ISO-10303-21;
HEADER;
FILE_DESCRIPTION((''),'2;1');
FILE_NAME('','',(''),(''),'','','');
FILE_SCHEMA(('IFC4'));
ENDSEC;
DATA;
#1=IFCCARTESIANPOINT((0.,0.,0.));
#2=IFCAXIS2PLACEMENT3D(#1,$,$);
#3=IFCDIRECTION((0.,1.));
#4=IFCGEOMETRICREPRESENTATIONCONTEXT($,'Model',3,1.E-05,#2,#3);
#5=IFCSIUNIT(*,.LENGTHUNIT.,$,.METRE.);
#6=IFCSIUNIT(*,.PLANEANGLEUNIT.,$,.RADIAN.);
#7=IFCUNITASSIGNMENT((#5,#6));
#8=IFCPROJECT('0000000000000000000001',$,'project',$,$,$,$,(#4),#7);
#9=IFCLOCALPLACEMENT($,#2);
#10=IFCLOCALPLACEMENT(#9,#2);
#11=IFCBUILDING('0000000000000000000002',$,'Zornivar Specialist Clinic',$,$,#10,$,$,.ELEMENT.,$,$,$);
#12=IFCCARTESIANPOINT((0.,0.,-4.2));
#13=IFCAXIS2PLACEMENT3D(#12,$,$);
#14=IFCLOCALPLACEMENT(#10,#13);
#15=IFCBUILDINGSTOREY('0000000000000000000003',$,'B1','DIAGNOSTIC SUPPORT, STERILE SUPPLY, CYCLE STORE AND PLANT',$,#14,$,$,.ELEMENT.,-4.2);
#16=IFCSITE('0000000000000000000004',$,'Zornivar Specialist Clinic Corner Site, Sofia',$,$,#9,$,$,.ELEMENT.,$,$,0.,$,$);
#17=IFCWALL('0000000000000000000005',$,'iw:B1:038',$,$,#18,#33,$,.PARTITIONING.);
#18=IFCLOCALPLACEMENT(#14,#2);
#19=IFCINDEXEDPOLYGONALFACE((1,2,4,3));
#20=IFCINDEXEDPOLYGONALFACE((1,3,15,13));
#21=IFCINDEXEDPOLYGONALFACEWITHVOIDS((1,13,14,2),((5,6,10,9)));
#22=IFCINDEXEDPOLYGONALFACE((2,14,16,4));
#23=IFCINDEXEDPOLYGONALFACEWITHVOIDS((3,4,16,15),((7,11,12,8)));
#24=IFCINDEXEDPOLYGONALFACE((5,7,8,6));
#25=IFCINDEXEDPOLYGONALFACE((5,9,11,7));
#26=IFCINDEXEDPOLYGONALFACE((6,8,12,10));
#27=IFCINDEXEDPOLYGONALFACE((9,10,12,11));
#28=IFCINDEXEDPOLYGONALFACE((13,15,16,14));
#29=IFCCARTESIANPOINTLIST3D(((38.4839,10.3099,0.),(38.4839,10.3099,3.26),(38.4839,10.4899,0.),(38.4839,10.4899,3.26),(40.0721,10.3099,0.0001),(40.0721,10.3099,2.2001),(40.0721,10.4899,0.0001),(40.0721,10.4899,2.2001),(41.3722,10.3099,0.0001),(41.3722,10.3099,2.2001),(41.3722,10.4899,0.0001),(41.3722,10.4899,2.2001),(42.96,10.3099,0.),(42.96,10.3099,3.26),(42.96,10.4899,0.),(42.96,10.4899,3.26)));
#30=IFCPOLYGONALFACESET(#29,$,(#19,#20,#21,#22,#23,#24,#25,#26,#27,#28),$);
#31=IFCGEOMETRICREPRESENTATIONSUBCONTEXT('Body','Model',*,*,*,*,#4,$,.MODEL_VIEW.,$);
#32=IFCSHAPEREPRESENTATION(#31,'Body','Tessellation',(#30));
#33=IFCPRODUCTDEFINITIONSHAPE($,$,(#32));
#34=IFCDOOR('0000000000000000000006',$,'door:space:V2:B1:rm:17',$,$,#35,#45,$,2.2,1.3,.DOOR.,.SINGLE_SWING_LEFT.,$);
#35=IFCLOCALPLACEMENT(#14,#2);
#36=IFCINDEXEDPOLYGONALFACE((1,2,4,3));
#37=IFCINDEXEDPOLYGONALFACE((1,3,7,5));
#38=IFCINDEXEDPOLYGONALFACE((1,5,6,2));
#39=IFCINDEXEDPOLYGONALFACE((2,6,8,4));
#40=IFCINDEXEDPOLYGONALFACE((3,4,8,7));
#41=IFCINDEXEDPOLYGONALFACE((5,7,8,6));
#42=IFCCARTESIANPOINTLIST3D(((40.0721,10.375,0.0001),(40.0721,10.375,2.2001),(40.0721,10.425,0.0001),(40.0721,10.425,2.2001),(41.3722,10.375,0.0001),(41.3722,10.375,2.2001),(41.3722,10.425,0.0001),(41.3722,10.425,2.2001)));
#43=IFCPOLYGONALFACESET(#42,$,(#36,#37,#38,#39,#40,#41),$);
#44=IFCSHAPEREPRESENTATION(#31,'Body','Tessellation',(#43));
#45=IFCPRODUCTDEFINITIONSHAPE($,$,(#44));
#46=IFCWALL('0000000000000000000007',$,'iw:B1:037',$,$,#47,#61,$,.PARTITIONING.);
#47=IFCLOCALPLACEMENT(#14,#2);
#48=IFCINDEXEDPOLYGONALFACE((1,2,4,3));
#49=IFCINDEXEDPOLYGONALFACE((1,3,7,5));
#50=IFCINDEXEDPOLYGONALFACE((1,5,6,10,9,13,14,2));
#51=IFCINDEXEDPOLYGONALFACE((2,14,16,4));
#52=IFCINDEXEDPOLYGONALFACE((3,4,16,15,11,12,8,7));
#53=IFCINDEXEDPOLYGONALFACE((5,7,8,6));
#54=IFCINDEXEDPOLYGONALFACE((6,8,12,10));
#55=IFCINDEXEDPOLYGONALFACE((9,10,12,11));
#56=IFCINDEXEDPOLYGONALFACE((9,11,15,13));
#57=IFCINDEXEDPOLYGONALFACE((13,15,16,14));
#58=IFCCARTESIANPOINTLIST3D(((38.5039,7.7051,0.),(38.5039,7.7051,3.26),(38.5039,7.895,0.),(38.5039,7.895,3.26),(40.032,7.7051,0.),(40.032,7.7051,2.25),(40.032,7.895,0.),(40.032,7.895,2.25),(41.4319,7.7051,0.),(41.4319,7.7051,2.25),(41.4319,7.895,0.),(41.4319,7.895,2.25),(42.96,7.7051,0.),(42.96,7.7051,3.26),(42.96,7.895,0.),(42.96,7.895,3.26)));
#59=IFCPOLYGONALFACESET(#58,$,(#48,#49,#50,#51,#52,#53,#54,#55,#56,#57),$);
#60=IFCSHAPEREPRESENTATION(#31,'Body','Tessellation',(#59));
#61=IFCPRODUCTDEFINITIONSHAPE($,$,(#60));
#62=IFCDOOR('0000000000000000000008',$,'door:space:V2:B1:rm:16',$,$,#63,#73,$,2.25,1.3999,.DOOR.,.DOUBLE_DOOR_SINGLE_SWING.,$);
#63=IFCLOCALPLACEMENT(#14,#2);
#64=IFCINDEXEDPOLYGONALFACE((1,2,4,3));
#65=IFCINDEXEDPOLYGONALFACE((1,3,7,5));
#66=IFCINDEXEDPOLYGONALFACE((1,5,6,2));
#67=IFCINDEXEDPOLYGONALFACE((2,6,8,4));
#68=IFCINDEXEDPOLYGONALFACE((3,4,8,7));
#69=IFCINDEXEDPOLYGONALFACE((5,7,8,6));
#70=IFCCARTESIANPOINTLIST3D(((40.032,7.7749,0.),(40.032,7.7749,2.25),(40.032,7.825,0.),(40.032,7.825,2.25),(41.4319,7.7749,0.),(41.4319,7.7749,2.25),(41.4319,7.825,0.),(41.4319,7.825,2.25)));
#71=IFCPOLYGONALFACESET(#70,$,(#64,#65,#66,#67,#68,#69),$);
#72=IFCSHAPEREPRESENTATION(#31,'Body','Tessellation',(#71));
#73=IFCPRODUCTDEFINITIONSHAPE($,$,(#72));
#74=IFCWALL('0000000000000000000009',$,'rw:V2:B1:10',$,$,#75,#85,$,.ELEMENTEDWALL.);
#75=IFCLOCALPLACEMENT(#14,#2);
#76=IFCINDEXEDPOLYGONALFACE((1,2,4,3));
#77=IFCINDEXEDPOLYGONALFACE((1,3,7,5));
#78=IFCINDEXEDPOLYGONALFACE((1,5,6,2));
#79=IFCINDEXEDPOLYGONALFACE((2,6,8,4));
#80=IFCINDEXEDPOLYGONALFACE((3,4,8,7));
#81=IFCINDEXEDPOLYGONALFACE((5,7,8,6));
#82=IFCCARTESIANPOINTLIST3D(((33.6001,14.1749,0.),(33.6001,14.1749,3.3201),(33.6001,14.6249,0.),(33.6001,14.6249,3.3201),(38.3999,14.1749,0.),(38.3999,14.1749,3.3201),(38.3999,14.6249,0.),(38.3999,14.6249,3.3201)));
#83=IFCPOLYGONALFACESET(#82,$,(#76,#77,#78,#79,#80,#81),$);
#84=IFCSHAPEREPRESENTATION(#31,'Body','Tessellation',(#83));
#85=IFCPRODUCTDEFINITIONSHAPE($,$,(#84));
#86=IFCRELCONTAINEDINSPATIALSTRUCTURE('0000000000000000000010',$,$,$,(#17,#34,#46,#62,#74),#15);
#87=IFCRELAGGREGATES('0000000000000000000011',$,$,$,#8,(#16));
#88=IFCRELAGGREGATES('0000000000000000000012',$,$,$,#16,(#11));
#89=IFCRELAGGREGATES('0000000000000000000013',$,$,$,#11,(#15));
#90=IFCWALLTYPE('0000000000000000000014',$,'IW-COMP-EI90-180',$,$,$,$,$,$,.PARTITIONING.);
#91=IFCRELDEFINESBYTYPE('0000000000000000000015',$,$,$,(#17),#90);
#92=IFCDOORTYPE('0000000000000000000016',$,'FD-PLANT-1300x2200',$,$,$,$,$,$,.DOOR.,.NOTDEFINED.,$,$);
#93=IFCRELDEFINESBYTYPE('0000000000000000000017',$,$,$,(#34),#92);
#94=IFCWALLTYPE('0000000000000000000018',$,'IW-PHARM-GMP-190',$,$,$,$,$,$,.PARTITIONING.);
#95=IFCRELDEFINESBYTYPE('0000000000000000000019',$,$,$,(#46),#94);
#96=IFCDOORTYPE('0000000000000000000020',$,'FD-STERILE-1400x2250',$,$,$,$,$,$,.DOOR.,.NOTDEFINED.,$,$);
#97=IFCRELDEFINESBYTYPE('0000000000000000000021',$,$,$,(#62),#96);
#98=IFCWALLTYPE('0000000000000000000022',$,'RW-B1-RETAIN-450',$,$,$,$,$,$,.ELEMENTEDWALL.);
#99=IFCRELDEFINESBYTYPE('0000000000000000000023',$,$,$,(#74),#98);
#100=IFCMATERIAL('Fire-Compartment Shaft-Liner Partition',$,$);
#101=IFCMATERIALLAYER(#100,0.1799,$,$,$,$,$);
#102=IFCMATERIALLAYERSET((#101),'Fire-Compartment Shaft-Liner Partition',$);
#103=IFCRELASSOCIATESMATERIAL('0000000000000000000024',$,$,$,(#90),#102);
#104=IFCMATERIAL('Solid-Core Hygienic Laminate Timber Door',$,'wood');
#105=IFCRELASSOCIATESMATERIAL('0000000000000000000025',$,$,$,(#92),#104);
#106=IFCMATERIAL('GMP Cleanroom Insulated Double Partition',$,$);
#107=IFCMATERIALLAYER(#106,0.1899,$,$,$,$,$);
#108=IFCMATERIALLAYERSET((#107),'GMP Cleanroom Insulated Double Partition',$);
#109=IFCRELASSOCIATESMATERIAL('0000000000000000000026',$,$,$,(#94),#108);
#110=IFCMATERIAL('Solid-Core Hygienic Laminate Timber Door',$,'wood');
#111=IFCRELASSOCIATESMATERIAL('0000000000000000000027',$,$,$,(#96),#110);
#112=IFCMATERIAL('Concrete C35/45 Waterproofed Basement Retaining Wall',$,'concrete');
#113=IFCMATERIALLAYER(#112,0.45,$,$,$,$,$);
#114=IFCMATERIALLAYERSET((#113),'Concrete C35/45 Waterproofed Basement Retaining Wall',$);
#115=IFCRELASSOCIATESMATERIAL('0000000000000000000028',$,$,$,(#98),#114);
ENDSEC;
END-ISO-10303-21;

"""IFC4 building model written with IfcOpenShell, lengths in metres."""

from ifc_helpers import new_model, si_unit, direction, frame, frame_2d, origin, place, context, subcontext, project, spatial, rectangle, extrude, material, layer, layer_set, type_object, element, fill, save


model = new_model("IFC4")

# Units and contexts
model_context = context("Model", 3, precision=1e-05, world=origin(), true_north=direction((0.0, 1.0)))
body_context = subcontext(model_context, "Body", "Model", "MODEL_VIEW")
ifc_project = project(units=[si_unit("LENGTHUNIT", "METRE"), si_unit("PLANEANGLEUNIT", "RADIAN")], contexts=[model_context])

# Site, building, storey
site_placement = place(None, origin())
site = spatial("IfcSite", under=ifc_project, at=site_placement, Name="Zornivar Specialist Clinic Corner Site, Sofia", CompositionType="ELEMENT", RefElevation=0.0)
building_placement = place(site_placement, origin())
building = spatial("IfcBuilding", under=site, at=building_placement, Name="Zornivar Specialist Clinic", CompositionType="ELEMENT")
storey_placement = place(building_placement, frame((0.0, 0.0, -4.2)))
storey = spatial("IfcBuildingStorey", under=building, at=storey_placement, Name="B1", Description="DIAGNOSTIC SUPPORT, STERILE SUPPLY, CYCLE STORE AND PLANT", CompositionType="ELEMENT", Elevation=-4.2)

# Walls, openings, doors
ifc_material_1 = material(Name="Fire-Compartment Shaft-Liner Partition")
ifc_layer_1 = layer(ifc_material_1, 0.1799)
ifc_layer_set_1 = layer_set([ifc_layer_1], Name="Fire-Compartment Shaft-Liner Partition")
wall_type_1 = type_object("IfcWallType", Name="IW-COMP-EI90-180", PredefinedType="PARTITIONING", material=ifc_layer_set_1)
wall_1_placement = place(storey_placement, frame((42.96, 10.3999, 0.0), z_axis=(0.0, 0.0, 1.0), x_axis=(-1.0, 0.0, 0.0)))
wall_1 = element("IfcWall", 1, at=wall_1_placement, inside=storey, type_object=wall_type_1, Name="iw:B1:038", PredefinedType="PARTITIONING", context=body_context, shape_type="SweptSolid", body=[
    extrude(rectangle(XDim=4.4761, YDim=0.1799, at=frame_2d((2.238, 0.0))), origin(), (0.0, 0.0, 1.0), 3.26),
])
opening_1_placement = place(wall_1_placement, frame((1.5879, 0.0, 0.0)))
opening_1 = element("IfcOpeningElement", 2, at=opening_1_placement, cuts=wall_1, PredefinedType="OPENING", context=body_context, shape_type="SweptSolid", body=[
    extrude(rectangle(XDim=1.3, YDim=2.2, at=frame_2d((0.6499, 1.1001))), frame((0.0, 0.0999, 0.0), z_axis=(0.0, -1.0, 0.0), x_axis=(1.0, 0.0, 0.0)), (0.0, 0.0, 1.0), 0.2),
])
ifc_material_2 = material(Name="Solid-Core Hygienic Laminate Timber Door", Category="wood")
door_type_1 = type_object("IfcDoorType", Name="FD-PLANT-1300x2200", OperationType="NOTDEFINED", PredefinedType="DOOR", material=ifc_material_2)
door_1_placement = place(opening_1_placement, origin())
door_1 = element("IfcDoor", 3, at=door_1_placement, inside=storey, type_object=door_type_1, Name="door:space:V2:B1:rm:17", OperationType="SINGLE_SWING_LEFT", OverallHeight=2.2, OverallWidth=1.3, PredefinedType="DOOR", context=body_context, shape_type="SweptSolid", body=[
    extrude(rectangle(XDim=1.3, YDim=2.2, at=frame_2d((0.6499, 1.1001))), frame((0.0, 0.0249, 0.0), z_axis=(0.0, -1.0, 0.0), x_axis=(1.0, 0.0, 0.0)), (0.0, 0.0, 1.0), 0.05),
])
fill(opening_1, door_1)
ifc_material_3 = material(Name="GMP Cleanroom Insulated Double Partition")
ifc_layer_2 = layer(ifc_material_3, 0.1899)
ifc_layer_set_2 = layer_set([ifc_layer_2], Name="GMP Cleanroom Insulated Double Partition")
wall_type_2 = type_object("IfcWallType", Name="IW-PHARM-GMP-190", PredefinedType="PARTITIONING", material=ifc_layer_set_2)
wall_2_placement = place(storey_placement, frame((38.5039, 7.8, 0.0), z_axis=(0.0, 0.0, 1.0), x_axis=(1.0, 0.0, 0.0)))
wall_2 = element("IfcWall", 4, at=wall_2_placement, inside=storey, type_object=wall_type_2, Name="iw:B1:037", PredefinedType="PARTITIONING", context=body_context, shape_type="SweptSolid", body=[
    extrude(rectangle(XDim=4.4561, YDim=0.1899, at=frame_2d((2.228, 0.0))), origin(), (0.0, 0.0, 1.0), 3.26),
])
opening_2_placement = place(wall_2_placement, frame((1.5281, 0.0, 0.0)))
opening_2 = element("IfcOpeningElement", 5, at=opening_2_placement, cuts=wall_2, PredefinedType="OPENING", context=body_context, shape_type="SweptSolid", body=[
    extrude(rectangle(XDim=1.3999, YDim=2.25, at=frame_2d((0.7, 1.125))), frame((0.0, 0.105, 0.0), z_axis=(0.0, -1.0, 0.0), x_axis=(1.0, 0.0, 0.0)), (0.0, 0.0, 1.0), 0.21),
])
ifc_material_4 = material(Name="Solid-Core Hygienic Laminate Timber Door", Category="wood")
door_type_2 = type_object("IfcDoorType", Name="FD-STERILE-1400x2250", OperationType="NOTDEFINED", PredefinedType="DOOR", material=ifc_material_4)
door_2_placement = place(opening_2_placement, origin())
door_2 = element("IfcDoor", 6, at=door_2_placement, inside=storey, type_object=door_type_2, Name="door:space:V2:B1:rm:16", OperationType="DOUBLE_DOOR_SINGLE_SWING", OverallHeight=2.25, OverallWidth=1.3999, PredefinedType="DOOR", context=body_context, shape_type="SweptSolid", body=[
    extrude(rectangle(XDim=1.3999, YDim=2.25, at=frame_2d((0.7, 1.125))), frame((0.0, 0.0249, 0.0), z_axis=(0.0, -1.0, 0.0), x_axis=(1.0, 0.0, 0.0)), (0.0, 0.0, 1.0), 0.05),
])
fill(opening_2, door_2)

# Wall
ifc_material_5 = material(Name="Concrete C35/45 Waterproofed Basement Retaining Wall", Category="concrete")
ifc_layer_3 = layer(ifc_material_5, 0.45)
ifc_layer_set_3 = layer_set([ifc_layer_3], Name="Concrete C35/45 Waterproofed Basement Retaining Wall")
wall_type_3 = type_object("IfcWallType", Name="RW-B1-RETAIN-450", PredefinedType="ELEMENTEDWALL", material=ifc_layer_set_3)
wall_3_placement = place(storey_placement, frame((38.3999, 14.3999, 0.0), z_axis=(0.0, 0.0, 1.0), x_axis=(-1.0, 0.0, 0.0)))
element("IfcWall", 7, at=wall_3_placement, inside=storey, type_object=wall_type_3, Name="rw:V2:B1:10", PredefinedType="ELEMENTEDWALL", context=body_context, shape_type="SweptSolid", body=[
    extrude(rectangle(XDim=4.7998, YDim=0.45, at=frame_2d((2.3999, 0.0))), origin(), (0.0, 0.0, 1.0), 3.3201),
])

save(model, "model.ifc")
